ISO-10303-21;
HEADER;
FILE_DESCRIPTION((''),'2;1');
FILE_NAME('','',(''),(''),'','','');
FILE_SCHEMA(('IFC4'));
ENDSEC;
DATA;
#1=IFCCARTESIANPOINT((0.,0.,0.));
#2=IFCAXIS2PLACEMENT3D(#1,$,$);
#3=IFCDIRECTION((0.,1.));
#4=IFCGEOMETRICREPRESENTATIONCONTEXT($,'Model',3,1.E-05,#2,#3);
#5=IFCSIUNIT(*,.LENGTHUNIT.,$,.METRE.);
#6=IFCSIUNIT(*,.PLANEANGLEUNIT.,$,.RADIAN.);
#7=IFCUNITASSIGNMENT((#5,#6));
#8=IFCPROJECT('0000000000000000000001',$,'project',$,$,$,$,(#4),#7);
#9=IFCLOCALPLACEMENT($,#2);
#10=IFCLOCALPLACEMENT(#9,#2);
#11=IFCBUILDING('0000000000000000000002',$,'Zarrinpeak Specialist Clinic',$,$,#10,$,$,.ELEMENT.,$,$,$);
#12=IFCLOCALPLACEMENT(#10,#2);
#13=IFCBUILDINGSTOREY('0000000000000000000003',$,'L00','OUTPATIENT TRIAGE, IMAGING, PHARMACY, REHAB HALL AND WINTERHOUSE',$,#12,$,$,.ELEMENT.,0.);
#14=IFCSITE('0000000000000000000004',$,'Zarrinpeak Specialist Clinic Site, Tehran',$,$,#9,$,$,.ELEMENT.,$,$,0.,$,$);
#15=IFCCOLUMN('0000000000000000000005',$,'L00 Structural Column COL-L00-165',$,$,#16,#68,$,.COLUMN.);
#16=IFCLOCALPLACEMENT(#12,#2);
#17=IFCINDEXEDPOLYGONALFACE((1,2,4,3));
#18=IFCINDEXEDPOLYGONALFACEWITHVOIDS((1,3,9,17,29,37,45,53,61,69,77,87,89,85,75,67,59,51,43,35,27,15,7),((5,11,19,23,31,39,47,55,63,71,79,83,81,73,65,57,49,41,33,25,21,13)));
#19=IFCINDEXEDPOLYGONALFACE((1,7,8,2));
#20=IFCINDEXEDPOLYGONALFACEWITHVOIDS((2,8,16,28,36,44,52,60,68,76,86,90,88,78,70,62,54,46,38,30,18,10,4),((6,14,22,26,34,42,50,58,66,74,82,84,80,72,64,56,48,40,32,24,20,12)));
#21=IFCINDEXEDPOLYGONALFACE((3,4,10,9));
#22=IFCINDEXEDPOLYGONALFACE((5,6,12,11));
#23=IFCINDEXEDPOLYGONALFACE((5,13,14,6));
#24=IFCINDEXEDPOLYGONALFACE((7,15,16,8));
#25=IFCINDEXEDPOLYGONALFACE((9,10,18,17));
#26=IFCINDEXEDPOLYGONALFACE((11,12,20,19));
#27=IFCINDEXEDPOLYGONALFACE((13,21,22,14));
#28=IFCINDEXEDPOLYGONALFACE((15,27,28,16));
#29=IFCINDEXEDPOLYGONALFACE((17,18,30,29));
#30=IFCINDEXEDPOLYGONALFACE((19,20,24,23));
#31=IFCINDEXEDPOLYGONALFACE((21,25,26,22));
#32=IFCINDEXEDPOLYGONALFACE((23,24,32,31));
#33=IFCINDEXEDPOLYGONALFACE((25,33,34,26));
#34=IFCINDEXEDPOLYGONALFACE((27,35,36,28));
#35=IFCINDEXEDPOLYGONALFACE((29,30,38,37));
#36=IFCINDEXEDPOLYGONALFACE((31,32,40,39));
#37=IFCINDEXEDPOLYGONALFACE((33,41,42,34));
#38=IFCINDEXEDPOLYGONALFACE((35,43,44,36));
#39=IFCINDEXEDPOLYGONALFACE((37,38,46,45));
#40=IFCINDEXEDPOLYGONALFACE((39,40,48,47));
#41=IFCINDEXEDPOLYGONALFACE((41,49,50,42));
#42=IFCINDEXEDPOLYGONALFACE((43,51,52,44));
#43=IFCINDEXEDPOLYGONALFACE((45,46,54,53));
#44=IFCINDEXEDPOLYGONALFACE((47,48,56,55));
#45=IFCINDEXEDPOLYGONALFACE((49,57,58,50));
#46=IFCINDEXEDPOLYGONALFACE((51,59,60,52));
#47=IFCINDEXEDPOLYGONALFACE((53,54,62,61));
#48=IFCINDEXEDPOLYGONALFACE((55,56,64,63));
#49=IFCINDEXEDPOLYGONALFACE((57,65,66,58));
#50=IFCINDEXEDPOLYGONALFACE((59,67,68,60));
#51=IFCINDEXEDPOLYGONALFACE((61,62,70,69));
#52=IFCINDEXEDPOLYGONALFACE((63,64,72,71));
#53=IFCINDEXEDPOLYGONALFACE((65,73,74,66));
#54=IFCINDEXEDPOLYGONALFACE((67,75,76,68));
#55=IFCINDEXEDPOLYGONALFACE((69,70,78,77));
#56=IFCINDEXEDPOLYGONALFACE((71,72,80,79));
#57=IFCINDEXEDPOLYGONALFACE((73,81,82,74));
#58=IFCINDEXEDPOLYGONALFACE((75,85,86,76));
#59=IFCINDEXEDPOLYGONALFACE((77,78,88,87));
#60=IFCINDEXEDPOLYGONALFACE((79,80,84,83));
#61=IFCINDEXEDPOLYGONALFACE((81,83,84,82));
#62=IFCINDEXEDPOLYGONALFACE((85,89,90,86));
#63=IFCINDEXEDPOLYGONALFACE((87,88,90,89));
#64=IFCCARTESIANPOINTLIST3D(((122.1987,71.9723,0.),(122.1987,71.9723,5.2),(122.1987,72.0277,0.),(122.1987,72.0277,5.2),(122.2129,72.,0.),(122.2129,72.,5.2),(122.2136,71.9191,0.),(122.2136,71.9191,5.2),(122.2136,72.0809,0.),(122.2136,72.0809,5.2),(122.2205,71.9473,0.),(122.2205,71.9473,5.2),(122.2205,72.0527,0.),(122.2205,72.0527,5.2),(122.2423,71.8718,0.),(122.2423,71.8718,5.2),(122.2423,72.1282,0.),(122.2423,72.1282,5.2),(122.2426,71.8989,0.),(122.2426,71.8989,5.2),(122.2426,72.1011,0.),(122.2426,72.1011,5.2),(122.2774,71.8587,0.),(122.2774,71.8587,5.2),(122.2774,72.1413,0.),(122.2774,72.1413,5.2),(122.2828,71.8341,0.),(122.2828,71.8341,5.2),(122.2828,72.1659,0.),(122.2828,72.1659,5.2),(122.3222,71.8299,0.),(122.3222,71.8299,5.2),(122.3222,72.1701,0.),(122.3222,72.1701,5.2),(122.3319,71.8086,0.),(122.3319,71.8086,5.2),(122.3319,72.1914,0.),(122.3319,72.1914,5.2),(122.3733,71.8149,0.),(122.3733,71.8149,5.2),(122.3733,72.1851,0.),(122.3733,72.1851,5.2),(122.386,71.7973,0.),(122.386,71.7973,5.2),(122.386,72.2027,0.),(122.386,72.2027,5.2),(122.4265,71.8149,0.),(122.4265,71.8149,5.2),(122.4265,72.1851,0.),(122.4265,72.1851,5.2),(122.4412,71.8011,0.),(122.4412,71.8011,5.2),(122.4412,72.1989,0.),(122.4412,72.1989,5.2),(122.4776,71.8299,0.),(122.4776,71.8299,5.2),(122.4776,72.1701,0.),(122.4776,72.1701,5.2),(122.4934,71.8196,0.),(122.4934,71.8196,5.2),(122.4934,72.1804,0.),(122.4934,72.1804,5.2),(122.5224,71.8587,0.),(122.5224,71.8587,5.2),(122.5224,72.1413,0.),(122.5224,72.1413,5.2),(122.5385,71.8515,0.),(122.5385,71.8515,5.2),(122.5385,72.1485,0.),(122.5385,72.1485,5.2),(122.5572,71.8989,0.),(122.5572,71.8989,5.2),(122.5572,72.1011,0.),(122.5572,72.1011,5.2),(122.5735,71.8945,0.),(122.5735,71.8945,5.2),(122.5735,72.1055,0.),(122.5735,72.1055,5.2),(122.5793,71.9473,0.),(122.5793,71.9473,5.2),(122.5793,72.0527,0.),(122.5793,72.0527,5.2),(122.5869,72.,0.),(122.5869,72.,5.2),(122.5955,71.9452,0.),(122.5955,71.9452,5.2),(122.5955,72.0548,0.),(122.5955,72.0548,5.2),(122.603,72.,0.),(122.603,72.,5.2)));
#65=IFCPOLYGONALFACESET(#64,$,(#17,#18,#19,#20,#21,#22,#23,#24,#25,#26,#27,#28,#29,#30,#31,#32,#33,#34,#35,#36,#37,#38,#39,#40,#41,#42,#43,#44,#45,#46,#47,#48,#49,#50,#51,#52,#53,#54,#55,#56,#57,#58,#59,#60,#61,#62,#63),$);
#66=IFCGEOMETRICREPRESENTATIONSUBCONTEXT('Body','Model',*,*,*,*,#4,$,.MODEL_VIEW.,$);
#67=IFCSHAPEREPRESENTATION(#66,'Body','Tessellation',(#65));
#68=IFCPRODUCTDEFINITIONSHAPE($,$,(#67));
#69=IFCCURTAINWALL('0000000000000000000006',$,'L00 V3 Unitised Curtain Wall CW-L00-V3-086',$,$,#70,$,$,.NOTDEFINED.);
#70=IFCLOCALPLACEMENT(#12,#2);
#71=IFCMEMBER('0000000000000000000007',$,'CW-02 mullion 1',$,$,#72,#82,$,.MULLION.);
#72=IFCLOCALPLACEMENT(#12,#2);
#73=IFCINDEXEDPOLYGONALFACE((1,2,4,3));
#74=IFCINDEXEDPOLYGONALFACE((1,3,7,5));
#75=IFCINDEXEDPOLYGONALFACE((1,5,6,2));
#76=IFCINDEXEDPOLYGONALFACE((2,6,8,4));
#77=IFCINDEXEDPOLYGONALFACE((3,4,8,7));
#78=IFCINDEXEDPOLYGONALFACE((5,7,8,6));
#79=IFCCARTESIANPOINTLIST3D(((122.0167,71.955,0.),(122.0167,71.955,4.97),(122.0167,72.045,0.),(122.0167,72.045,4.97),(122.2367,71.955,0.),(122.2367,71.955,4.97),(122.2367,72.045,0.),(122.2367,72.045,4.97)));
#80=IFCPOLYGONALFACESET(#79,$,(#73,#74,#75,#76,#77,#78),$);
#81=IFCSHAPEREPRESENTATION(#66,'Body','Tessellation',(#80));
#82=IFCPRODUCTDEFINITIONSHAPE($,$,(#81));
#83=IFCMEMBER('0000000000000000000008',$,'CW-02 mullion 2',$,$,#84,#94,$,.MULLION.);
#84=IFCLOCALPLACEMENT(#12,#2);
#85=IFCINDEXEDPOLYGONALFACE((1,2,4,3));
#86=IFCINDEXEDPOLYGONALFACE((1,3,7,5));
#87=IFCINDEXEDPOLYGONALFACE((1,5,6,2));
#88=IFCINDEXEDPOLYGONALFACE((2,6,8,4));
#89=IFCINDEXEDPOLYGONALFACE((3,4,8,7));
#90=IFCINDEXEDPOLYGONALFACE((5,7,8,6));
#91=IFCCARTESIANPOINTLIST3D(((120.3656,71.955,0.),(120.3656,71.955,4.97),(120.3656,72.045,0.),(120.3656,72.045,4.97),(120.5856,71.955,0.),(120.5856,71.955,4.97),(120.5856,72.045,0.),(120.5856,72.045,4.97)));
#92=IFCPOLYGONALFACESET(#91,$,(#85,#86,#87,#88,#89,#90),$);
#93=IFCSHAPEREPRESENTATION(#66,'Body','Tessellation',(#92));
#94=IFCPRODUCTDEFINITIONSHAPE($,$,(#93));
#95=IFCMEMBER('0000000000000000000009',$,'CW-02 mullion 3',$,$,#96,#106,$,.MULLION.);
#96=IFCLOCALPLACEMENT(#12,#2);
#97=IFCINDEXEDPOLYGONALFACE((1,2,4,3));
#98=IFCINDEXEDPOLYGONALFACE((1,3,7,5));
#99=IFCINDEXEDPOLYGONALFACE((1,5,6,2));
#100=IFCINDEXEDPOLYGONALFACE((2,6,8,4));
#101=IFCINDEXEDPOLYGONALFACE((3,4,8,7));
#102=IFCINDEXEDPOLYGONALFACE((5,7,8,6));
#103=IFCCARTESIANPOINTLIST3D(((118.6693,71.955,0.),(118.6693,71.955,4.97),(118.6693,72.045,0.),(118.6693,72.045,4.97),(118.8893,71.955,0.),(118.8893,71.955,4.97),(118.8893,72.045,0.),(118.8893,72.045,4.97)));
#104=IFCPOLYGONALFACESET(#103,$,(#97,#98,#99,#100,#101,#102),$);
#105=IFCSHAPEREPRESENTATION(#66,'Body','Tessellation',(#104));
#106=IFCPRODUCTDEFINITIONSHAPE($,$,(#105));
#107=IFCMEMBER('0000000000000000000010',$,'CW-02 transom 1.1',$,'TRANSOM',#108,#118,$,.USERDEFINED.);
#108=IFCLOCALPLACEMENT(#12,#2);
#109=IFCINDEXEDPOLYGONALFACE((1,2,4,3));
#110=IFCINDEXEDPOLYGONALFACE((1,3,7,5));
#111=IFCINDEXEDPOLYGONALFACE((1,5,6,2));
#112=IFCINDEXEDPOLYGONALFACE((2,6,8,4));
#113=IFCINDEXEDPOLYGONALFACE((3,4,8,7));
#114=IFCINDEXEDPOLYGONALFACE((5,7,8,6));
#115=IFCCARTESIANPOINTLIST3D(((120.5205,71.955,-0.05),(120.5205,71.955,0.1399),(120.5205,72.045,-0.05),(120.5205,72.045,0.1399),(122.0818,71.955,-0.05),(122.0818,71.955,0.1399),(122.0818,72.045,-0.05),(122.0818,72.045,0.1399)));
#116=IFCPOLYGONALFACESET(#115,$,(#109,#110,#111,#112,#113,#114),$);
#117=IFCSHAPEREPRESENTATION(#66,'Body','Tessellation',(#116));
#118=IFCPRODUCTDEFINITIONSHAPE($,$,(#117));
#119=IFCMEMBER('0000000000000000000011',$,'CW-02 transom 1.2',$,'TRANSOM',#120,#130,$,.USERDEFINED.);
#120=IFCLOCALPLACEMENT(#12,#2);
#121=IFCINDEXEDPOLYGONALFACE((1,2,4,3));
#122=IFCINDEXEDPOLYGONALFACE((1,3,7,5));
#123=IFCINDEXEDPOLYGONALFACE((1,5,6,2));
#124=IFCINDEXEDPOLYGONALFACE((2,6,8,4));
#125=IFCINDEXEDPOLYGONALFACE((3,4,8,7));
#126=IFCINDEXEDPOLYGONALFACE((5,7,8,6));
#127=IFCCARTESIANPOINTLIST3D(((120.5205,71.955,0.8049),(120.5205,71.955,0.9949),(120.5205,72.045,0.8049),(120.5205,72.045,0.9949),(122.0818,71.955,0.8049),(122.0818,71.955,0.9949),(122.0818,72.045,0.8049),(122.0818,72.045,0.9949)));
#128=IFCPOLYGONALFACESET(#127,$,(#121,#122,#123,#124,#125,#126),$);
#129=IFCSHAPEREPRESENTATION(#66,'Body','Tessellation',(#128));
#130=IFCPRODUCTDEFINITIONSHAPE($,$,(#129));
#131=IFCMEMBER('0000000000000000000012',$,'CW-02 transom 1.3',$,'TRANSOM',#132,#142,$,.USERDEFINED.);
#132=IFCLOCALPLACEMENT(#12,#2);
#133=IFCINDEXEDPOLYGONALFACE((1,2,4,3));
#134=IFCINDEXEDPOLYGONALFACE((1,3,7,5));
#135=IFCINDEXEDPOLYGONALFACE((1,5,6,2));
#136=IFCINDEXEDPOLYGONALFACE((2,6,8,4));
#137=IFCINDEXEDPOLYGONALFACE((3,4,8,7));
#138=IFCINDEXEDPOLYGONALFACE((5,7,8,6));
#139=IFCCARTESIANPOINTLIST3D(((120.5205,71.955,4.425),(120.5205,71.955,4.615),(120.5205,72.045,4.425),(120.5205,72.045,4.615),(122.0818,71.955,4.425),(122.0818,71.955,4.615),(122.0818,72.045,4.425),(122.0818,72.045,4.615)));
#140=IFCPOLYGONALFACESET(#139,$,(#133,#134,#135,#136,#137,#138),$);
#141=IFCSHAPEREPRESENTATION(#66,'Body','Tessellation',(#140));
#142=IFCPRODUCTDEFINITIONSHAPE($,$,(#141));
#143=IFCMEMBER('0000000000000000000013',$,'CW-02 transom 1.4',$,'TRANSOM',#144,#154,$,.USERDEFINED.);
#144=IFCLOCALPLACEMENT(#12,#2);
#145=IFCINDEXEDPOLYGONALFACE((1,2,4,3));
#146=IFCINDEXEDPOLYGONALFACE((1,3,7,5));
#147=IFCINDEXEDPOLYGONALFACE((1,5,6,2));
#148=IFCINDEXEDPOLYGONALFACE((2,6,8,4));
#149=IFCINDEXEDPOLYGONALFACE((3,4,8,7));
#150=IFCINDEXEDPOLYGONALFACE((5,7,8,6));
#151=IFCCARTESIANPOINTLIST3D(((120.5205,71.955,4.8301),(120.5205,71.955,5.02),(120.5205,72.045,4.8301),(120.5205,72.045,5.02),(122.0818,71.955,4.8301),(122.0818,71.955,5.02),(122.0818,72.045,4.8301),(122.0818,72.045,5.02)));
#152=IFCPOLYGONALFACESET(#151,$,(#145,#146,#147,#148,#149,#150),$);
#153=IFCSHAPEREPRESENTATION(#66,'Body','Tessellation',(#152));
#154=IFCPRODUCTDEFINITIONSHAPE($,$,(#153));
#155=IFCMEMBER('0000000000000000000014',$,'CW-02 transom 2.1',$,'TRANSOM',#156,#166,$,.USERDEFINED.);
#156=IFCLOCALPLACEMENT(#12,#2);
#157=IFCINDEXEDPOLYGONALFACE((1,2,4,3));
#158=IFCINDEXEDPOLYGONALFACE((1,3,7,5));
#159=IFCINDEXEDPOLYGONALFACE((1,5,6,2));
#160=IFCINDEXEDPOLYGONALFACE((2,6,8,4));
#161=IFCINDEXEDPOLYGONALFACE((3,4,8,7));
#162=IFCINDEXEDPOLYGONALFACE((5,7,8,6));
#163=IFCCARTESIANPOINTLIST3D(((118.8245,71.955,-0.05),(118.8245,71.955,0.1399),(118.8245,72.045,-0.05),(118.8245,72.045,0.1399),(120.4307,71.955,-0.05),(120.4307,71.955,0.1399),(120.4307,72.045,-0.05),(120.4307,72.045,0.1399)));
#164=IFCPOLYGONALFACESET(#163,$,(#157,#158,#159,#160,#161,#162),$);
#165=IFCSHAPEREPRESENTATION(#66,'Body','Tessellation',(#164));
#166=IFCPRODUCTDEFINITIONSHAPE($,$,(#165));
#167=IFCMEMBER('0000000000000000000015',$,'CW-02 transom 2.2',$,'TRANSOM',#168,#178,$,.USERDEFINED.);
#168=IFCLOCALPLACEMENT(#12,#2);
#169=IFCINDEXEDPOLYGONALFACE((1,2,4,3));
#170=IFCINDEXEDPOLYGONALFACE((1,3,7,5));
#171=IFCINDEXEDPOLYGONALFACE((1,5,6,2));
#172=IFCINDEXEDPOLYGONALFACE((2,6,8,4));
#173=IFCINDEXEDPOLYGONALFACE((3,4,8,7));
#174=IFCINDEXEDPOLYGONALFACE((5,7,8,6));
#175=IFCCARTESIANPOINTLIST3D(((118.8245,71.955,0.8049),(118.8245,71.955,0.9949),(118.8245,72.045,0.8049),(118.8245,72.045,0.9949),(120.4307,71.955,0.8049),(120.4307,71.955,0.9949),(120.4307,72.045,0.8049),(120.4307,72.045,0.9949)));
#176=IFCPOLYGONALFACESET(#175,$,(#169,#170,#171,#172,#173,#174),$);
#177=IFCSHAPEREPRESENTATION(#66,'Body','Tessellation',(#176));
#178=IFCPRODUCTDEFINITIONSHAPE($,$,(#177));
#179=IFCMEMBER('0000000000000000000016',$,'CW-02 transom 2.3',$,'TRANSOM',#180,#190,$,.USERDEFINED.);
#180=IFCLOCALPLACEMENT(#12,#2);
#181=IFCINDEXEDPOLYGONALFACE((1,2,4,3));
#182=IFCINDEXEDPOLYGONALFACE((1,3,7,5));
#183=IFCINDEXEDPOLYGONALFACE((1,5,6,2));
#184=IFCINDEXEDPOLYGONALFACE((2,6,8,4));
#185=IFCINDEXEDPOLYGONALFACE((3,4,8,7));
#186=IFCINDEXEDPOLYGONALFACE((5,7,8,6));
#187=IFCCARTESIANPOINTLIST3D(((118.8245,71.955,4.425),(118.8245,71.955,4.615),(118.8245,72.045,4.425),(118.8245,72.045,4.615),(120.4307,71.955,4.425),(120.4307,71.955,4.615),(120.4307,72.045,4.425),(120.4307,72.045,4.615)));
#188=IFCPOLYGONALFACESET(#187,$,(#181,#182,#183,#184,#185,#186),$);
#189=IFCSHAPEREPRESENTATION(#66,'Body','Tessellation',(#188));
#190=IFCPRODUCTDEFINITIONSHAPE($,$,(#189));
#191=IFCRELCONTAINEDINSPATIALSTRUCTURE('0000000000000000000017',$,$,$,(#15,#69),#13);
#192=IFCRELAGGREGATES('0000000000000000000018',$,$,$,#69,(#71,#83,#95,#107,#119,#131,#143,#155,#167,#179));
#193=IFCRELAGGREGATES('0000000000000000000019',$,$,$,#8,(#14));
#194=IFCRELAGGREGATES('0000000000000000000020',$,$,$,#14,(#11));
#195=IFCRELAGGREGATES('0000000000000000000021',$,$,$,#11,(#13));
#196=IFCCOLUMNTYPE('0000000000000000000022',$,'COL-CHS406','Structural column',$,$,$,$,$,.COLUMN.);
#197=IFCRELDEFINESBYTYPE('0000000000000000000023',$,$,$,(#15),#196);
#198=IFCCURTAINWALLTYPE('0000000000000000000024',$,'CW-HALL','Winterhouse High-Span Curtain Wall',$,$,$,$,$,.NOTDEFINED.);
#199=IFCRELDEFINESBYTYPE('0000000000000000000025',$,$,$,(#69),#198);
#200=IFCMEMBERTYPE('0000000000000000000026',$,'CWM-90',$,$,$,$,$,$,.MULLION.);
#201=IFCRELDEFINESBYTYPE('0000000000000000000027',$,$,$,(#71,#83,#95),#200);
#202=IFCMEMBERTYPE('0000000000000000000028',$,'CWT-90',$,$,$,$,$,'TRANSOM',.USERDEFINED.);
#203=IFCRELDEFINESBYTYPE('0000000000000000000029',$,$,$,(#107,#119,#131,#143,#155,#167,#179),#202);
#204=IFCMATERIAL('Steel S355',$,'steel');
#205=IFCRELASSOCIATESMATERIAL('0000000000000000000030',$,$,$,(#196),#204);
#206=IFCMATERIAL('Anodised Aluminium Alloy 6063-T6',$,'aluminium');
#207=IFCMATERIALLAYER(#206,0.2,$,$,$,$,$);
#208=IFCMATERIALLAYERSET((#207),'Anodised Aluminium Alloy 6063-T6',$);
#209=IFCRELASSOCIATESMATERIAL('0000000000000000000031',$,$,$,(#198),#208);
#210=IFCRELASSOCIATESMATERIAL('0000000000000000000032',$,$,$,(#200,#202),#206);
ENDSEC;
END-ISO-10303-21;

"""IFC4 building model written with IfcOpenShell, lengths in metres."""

from ifc_helpers import new_model, si_unit, direction, frame, origin, origin_2d, place, context, subcontext, project, spatial, rectangle, hollow_circle, extrude, material, layer, layer_set, material_profile, profile_set, type_object, element, aggregate, save


model = new_model("IFC4")

# Units and contexts
model_context = context("Model", 3, precision=1e-05, world=origin(), true_north=direction((0.0, 1.0)))
body_context = subcontext(model_context, "Body", "Model", "MODEL_VIEW")
ifc_project = project(units=[si_unit("LENGTHUNIT", "METRE"), si_unit("PLANEANGLEUNIT", "RADIAN")], contexts=[model_context])

# Site, building, storey
site_placement = place(None, origin())
site = spatial("IfcSite", under=ifc_project, at=site_placement, Name="Zarrinpeak Specialist Clinic Site, Tehran", CompositionType="ELEMENT", RefElevation=0.0)
building_placement = place(site_placement, origin())
building = spatial("IfcBuilding", under=site, at=building_placement, Name="Zarrinpeak Specialist Clinic", CompositionType="ELEMENT")
storey_placement = place(building_placement, origin())
storey = spatial("IfcBuildingStorey", under=building, at=storey_placement, Name="L00", Description="OUTPATIENT TRIAGE, IMAGING, PHARMACY, REHAB HALL AND WINTERHOUSE", CompositionType="ELEMENT", Elevation=0.0)

# Column
ifc_material_1 = material(Name="Steel S355", Category="steel")
ifc_material_profile_1 = material_profile(ifc_material_1, hollow_circle(Radius=0.2031, WallThickness=0.0161, at=origin_2d()), Name="CHS 406.4x16.0")
ifc_profile_set_1 = profile_set([ifc_material_profile_1], Name="Steel S355")
column_type = type_object("IfcColumnType", Name="COL-CHS406", Description="Structural column", PredefinedType="COLUMN", material=ifc_profile_set_1)
column_placement = place(storey_placement, frame((122.3999, 72.0, 0.0), z_axis=(0.0, 0.0, 1.0), x_axis=(1.0, 0.0, 0.0)))
element("IfcColumn", 1, at=column_placement, inside=storey, type_object=column_type, Name="L00 Structural Column COL-L00-165", PredefinedType="COLUMN", context=body_context, shape_type="SweptSolid", body=[
    extrude(hollow_circle(Radius=0.2031, WallThickness=0.0161, at=origin_2d()), origin(), (0.0, 0.0, 1.0), 5.2),
])

# Curtain wall, members
ifc_material_2 = material(Name="Anodised Aluminium Alloy 6063-T6", Category="aluminium")
ifc_layer_1 = layer(ifc_material_2, 0.2)
ifc_layer_set_1 = layer_set([ifc_layer_1], Name="Anodised Aluminium Alloy 6063-T6")
curtain_wall_type = type_object("IfcCurtainWallType", Name="CW-HALL", Description="Winterhouse High-Span Curtain Wall", PredefinedType="NOTDEFINED", material=ifc_layer_set_1)
curtain_wall_placement = place(storey_placement, origin())
curtain_wall = element("IfcCurtainWall", 2, at=curtain_wall_placement, inside=storey, type_object=curtain_wall_type, Name="L00 V3 Unitised Curtain Wall CW-L00-V3-086", PredefinedType="NOTDEFINED")
ifc_material_profile_2 = material_profile(ifc_material_2, rectangle(XDim=0.0901, YDim=0.22, at=origin_2d()), Name="ALU 90x220")
ifc_profile_set_2 = profile_set([ifc_material_profile_2], Name="Anodised Aluminium Alloy 6063-T6")
member_type_1 = type_object("IfcMemberType", Name="CWM-90", PredefinedType="MULLION", material=ifc_profile_set_2)
member_1_placement = place(storey_placement, frame((122.1267, 72.0, 0.0), z_axis=(0.0, 0.0, 1.0), x_axis=(0.0, -1.0, 0.0)))
member_1 = element("IfcMember", 3, at=member_1_placement, type_object=member_type_1, Name="CW-02 mullion 1", PredefinedType="MULLION", context=body_context, shape_type="SweptSolid", body=[
    extrude(rectangle(XDim=0.0901, YDim=0.22, at=origin_2d()), origin(), (0.0, 0.0, 1.0), 4.97),
])
member_2_placement = place(storey_placement, frame((120.4756, 72.0, 0.0), z_axis=(0.0, 0.0, 1.0), x_axis=(0.0, -1.0, 0.0)))
member_2 = element("IfcMember", 4, at=member_2_placement, type_object=member_type_1, Name="CW-02 mullion 2", PredefinedType="MULLION", context=body_context, shape_type="SweptSolid", body=[
    extrude(rectangle(XDim=0.0901, YDim=0.22, at=origin_2d()), origin(), (0.0, 0.0, 1.0), 4.97),
])
member_3_placement = place(storey_placement, frame((118.7793, 72.0, 0.0), z_axis=(0.0, 0.0, 1.0), x_axis=(0.0, -1.0, 0.0)))
member_3 = element("IfcMember", 5, at=member_3_placement, type_object=member_type_1, Name="CW-02 mullion 3", PredefinedType="MULLION", context=body_context, shape_type="SweptSolid", body=[
    extrude(rectangle(XDim=0.0901, YDim=0.22, at=origin_2d()), origin(), (0.0, 0.0, 1.0), 4.97),
])
ifc_material_profile_3 = material_profile(ifc_material_2, rectangle(XDim=0.0901, YDim=0.1899, at=origin_2d()), Name="ALU 90x190")
ifc_profile_set_3 = profile_set([ifc_material_profile_3], Name="Anodised Aluminium Alloy 6063-T6")
member_type_2 = type_object("IfcMemberType", Name="CWT-90", ElementType="TRANSOM", PredefinedType="USERDEFINED", material=ifc_profile_set_3)
member_4_placement = place(storey_placement, frame((122.0818, 72.0, 0.0449), z_axis=(-1.0, 0.0, 0.0), x_axis=(0.0, -1.0, 0.0)))
member_4 = element("IfcMember", 6, at=member_4_placement, type_object=member_type_2, Name="CW-02 transom 1.1", ObjectType="TRANSOM", PredefinedType="USERDEFINED", context=body_context, shape_type="SweptSolid", body=[
    extrude(rectangle(XDim=0.0901, YDim=0.1899, at=origin_2d()), origin(), (0.0, 0.0, 1.0), 1.5613),
])
member_5_placement = place(storey_placement, frame((122.0818, 72.0, 0.8999), z_axis=(-1.0, 0.0, 0.0), x_axis=(0.0, -1.0, 0.0)))
member_5 = element("IfcMember", 7, at=member_5_placement, type_object=member_type_2, Name="CW-02 transom 1.2", ObjectType="TRANSOM", PredefinedType="USERDEFINED", context=body_context, shape_type="SweptSolid", body=[
    extrude(rectangle(XDim=0.0901, YDim=0.1899, at=origin_2d()), origin(), (0.0, 0.0, 1.0), 1.5613),
])
member_6_placement = place(storey_placement, frame((122.0818, 72.0, 4.52), z_axis=(-1.0, 0.0, 0.0), x_axis=(0.0, -1.0, 0.0)))
member_6 = element("IfcMember", 8, at=member_6_placement, type_object=member_type_2, Name="CW-02 transom 1.3", ObjectType="TRANSOM", PredefinedType="USERDEFINED", context=body_context, shape_type="SweptSolid", body=[
    extrude(rectangle(XDim=0.0901, YDim=0.1899, at=origin_2d()), origin(), (0.0, 0.0, 1.0), 1.5613),
])
member_7_placement = place(storey_placement, frame((122.0818, 72.0, 4.925), z_axis=(-1.0, 0.0, 0.0), x_axis=(0.0, -1.0, 0.0)))
member_7 = element("IfcMember", 9, at=member_7_placement, type_object=member_type_2, Name="CW-02 transom 1.4", ObjectType="TRANSOM", PredefinedType="USERDEFINED", context=body_context, shape_type="SweptSolid", body=[
    extrude(rectangle(XDim=0.0901, YDim=0.1899, at=origin_2d()), origin(), (0.0, 0.0, 1.0), 1.5613),
])
member_8_placement = place(storey_placement, frame((120.4307, 72.0, 0.0449), z_axis=(-1.0, 0.0, 0.0), x_axis=(0.0, -1.0, 0.0)))
member_8 = element("IfcMember", 10, at=member_8_placement, type_object=member_type_2, Name="CW-02 transom 2.1", ObjectType="TRANSOM", PredefinedType="USERDEFINED", context=body_context, shape_type="SweptSolid", body=[
    extrude(rectangle(XDim=0.0901, YDim=0.1899, at=origin_2d()), origin(), (0.0, 0.0, 1.0), 1.6062),
])
member_9_placement = place(storey_placement, frame((120.4307, 72.0, 0.8999), z_axis=(-1.0, 0.0, 0.0), x_axis=(0.0, -1.0, 0.0)))
member_9 = element("IfcMember", 11, at=member_9_placement, type_object=member_type_2, Name="CW-02 transom 2.2", ObjectType="TRANSOM", PredefinedType="USERDEFINED", context=body_context, shape_type="SweptSolid", body=[
    extrude(rectangle(XDim=0.0901, YDim=0.1899, at=origin_2d()), origin(), (0.0, 0.0, 1.0), 1.6062),
])
member_10_placement = place(storey_placement, frame((120.4307, 72.0, 4.52), z_axis=(-1.0, 0.0, 0.0), x_axis=(0.0, -1.0, 0.0)))
member_10 = element("IfcMember", 12, at=member_10_placement, type_object=member_type_2, Name="CW-02 transom 2.3", ObjectType="TRANSOM", PredefinedType="USERDEFINED", context=body_context, shape_type="SweptSolid", body=[
    extrude(rectangle(XDim=0.0901, YDim=0.1899, at=origin_2d()), origin(), (0.0, 0.0, 1.0), 1.6062),
])
aggregate(curtain_wall, [member_1, member_2, member_3, member_4, member_5, member_6, member_7, member_8, member_9, member_10])

save(model, "model.ifc")
